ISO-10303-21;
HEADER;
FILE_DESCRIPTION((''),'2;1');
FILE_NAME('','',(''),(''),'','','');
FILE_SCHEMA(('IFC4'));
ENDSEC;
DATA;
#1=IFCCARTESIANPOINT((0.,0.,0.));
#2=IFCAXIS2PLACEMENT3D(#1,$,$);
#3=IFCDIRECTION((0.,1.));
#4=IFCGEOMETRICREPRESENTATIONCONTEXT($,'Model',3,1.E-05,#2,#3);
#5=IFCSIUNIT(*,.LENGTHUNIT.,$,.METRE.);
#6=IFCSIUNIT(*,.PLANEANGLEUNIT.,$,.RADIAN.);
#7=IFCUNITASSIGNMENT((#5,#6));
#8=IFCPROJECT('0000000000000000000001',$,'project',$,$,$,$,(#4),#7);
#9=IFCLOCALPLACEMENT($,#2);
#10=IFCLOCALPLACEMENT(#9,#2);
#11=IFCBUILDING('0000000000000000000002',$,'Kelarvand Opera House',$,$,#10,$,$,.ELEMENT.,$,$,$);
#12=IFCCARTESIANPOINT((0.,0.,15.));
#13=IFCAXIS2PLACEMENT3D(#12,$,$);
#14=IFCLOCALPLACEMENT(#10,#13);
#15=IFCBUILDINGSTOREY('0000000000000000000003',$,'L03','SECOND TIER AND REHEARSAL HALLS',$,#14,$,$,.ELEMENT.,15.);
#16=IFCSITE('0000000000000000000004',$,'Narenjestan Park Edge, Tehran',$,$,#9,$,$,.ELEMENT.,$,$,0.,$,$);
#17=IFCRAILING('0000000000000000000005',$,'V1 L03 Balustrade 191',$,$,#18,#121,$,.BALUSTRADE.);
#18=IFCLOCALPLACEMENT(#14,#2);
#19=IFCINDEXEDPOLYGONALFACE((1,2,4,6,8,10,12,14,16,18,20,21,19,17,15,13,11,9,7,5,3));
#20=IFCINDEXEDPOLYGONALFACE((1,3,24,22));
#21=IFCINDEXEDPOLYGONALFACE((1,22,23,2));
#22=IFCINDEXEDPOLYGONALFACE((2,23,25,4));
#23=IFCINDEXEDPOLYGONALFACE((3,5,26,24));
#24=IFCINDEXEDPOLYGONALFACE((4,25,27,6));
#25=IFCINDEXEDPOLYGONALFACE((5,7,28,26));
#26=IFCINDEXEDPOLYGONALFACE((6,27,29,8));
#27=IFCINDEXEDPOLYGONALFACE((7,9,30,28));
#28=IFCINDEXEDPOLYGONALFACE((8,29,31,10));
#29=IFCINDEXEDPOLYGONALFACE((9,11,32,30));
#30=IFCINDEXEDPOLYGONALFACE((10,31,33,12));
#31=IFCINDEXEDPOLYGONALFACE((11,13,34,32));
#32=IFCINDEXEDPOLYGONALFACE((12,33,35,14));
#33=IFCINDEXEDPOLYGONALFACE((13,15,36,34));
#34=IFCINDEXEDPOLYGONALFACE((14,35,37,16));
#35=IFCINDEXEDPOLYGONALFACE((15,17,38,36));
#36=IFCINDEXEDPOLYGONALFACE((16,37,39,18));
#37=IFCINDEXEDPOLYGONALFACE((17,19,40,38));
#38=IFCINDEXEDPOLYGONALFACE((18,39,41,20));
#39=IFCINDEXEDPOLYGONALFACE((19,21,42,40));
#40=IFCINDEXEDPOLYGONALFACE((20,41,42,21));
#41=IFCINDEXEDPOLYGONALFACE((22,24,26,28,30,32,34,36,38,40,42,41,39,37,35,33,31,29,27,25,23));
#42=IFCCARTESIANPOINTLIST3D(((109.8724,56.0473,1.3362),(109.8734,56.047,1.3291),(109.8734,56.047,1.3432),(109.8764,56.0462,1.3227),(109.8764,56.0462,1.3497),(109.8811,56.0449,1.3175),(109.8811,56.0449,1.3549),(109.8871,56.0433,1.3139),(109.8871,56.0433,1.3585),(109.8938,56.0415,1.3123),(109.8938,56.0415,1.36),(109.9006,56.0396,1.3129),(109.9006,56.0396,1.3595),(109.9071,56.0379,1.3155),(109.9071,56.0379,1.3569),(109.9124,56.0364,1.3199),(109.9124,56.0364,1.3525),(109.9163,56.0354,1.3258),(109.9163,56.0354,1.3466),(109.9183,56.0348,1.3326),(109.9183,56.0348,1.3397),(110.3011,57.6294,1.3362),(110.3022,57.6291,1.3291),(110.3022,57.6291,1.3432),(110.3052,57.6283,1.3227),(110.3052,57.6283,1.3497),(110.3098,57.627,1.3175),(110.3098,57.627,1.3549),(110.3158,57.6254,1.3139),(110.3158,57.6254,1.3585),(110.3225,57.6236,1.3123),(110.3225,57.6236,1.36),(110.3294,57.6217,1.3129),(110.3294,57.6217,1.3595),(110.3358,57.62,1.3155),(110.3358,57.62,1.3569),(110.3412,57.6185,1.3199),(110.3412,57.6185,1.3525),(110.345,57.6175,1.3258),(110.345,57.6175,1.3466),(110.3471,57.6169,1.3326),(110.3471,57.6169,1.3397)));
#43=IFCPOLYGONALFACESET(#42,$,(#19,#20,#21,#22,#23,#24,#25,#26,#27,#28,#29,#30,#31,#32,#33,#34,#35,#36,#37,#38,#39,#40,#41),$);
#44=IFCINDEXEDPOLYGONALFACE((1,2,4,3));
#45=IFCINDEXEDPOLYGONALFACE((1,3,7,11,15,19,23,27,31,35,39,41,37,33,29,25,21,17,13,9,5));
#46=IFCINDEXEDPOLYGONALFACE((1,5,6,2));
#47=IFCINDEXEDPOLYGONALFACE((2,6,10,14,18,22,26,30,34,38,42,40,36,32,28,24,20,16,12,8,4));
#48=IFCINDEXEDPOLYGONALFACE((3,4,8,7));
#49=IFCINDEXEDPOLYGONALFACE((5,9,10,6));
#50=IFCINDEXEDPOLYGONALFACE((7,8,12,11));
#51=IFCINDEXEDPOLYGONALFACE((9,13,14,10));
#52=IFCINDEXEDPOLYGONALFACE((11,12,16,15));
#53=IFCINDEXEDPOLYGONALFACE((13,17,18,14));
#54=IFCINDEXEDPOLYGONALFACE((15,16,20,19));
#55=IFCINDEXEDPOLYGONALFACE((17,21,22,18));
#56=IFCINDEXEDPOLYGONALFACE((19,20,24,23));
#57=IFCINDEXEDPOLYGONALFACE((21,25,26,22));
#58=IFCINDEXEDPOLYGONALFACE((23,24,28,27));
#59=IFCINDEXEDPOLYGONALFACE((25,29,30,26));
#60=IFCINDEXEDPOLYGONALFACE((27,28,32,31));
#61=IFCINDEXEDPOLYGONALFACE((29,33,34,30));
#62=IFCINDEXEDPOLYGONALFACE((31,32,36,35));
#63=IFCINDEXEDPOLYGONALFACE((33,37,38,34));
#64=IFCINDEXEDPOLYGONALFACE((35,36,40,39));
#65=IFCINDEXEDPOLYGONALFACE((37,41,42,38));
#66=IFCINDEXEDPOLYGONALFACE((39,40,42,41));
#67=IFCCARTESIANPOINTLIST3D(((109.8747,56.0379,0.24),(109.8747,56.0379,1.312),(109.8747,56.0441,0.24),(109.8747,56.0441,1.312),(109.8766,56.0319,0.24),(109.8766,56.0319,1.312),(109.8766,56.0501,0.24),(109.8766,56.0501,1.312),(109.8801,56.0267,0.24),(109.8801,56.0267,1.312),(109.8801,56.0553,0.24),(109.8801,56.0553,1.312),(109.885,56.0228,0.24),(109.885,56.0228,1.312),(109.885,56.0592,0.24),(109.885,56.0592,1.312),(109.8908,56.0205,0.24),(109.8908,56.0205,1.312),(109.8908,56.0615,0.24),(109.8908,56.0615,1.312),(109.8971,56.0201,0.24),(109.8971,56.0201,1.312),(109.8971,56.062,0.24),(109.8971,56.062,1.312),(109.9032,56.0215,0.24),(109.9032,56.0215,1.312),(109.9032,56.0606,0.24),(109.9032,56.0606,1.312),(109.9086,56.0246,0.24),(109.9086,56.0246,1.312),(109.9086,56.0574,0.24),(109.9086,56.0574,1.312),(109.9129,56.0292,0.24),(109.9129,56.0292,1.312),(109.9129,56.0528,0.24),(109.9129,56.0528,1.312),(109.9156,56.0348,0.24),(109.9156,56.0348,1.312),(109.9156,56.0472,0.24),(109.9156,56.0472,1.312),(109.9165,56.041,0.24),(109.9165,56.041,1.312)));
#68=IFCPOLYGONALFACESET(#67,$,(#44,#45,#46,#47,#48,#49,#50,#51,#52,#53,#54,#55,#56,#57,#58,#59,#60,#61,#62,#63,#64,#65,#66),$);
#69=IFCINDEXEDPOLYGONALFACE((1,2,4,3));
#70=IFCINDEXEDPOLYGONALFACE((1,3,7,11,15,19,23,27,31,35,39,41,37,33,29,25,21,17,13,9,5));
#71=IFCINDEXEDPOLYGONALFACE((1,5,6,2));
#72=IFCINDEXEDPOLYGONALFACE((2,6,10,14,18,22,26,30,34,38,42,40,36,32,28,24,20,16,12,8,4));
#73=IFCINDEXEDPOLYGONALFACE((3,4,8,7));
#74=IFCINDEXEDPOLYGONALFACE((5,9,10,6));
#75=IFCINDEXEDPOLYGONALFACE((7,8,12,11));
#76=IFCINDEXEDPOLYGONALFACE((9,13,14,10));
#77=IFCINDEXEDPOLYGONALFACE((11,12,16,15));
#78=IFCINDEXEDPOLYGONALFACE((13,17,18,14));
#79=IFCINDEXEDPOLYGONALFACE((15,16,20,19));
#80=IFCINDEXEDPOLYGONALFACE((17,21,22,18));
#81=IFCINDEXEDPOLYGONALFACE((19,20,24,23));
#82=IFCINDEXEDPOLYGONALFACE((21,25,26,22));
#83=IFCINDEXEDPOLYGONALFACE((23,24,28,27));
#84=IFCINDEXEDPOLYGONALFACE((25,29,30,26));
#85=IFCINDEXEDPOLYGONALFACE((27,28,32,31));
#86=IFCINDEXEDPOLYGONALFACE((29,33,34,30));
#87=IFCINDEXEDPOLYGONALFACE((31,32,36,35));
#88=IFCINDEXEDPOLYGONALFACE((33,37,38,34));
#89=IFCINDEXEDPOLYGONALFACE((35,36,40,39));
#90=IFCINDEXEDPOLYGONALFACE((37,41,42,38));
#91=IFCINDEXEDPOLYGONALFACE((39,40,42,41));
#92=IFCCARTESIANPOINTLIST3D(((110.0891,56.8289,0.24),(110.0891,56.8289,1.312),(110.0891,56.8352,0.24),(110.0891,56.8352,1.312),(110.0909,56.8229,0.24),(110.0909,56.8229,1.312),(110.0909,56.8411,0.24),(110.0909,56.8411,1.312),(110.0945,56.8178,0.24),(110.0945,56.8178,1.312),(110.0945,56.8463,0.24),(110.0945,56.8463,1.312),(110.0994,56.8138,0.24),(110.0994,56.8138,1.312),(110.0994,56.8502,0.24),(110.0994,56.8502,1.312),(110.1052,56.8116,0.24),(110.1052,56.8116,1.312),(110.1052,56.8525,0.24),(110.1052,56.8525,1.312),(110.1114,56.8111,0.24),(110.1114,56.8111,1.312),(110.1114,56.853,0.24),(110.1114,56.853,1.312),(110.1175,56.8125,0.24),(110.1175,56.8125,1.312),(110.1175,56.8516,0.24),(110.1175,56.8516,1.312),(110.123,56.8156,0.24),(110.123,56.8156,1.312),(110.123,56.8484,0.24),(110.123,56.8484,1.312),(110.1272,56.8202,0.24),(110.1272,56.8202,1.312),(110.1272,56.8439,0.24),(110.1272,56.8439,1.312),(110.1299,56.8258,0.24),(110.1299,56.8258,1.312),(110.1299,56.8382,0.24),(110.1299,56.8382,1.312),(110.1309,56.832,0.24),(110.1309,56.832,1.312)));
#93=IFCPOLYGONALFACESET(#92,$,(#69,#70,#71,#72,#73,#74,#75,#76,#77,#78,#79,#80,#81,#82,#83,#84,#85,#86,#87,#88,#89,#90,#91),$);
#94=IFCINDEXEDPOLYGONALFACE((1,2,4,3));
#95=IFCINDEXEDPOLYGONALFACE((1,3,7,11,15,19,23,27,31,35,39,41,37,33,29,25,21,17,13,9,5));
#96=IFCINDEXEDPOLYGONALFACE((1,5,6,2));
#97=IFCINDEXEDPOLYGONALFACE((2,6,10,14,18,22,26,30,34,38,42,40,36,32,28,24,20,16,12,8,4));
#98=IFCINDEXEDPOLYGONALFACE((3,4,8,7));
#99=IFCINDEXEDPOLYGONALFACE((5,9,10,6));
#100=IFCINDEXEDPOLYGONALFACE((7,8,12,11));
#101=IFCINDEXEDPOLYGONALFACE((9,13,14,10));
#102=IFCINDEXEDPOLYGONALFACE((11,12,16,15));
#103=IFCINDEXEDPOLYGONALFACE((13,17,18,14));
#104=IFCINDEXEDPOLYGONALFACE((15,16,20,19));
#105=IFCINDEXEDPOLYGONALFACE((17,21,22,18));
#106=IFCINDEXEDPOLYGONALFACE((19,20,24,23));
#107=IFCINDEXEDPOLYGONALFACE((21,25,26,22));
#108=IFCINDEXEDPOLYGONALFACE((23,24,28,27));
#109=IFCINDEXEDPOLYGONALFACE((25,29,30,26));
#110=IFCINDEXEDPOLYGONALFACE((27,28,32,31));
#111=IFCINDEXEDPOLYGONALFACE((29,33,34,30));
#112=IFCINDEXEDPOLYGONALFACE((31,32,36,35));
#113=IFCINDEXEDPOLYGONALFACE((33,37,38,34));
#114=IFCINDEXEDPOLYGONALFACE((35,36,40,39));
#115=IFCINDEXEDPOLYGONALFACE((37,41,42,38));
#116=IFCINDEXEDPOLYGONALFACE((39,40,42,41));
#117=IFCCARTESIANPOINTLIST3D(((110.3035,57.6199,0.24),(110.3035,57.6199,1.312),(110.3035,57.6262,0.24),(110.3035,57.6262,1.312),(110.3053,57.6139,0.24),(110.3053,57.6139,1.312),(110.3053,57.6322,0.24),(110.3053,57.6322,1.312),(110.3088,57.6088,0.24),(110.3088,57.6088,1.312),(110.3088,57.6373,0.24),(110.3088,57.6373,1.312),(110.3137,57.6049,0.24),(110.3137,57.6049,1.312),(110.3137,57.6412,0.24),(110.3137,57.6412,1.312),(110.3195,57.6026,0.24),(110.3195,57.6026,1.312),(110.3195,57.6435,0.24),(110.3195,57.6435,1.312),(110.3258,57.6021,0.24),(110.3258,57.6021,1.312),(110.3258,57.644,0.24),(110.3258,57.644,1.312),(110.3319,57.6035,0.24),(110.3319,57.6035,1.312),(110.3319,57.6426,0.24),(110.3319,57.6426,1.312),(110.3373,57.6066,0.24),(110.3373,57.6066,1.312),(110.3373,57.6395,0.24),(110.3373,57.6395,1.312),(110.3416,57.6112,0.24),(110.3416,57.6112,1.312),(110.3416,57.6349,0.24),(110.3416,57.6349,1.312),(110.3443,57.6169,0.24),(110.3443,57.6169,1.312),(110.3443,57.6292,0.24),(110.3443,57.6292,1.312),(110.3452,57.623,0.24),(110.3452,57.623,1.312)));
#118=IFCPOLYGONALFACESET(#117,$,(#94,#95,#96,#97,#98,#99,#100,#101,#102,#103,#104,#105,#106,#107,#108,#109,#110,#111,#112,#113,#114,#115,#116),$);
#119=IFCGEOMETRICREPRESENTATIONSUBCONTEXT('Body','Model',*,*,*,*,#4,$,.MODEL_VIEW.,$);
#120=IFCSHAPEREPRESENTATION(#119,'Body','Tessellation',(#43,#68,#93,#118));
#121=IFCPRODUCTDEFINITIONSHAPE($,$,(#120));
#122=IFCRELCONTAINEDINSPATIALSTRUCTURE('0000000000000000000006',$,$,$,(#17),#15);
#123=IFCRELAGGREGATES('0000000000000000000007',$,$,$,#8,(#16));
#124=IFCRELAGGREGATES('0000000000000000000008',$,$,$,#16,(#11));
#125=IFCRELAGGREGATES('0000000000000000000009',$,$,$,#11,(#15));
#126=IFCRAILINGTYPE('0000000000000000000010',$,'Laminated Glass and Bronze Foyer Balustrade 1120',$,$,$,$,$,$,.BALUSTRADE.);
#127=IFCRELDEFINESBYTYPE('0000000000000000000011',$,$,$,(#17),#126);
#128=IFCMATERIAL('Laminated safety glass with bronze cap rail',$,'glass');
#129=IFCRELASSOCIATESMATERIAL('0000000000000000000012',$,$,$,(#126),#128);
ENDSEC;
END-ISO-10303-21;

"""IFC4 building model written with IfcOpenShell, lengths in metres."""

from ifc_helpers import new_model, si_unit, direction, frame, origin, origin_2d, place, context, subcontext, project, spatial, circle, extrude, material, type_object, element, save


model = new_model("IFC4")

# Units and contexts
model_context = context("Model", 3, precision=1e-05, world=origin(), true_north=direction((0.0, 1.0)))
body_context = subcontext(model_context, "Body", "Model", "MODEL_VIEW")
ifc_project = project(units=[si_unit("LENGTHUNIT", "METRE"), si_unit("PLANEANGLEUNIT", "RADIAN")], contexts=[model_context])

# Site, building, storey
site_placement = place(None, origin())
site = spatial("IfcSite", under=ifc_project, at=site_placement, Name="Narenjestan Park Edge, Tehran", CompositionType="ELEMENT", RefElevation=0.0)
building_placement = place(site_placement, origin())
building = spatial("IfcBuilding", under=site, at=building_placement, Name="Kelarvand Opera House", CompositionType="ELEMENT")
storey_placement = place(building_placement, frame((0.0, 0.0, 15.0)))
storey = spatial("IfcBuildingStorey", under=building, at=storey_placement, Name="L03", Description="SECOND TIER AND REHEARSAL HALLS", CompositionType="ELEMENT", Elevation=15.0)

# Railing
ifc_material_1 = material(Name="Laminated safety glass with bronze cap rail", Category="glass")
railing_type = type_object("IfcRailingType", Name="Laminated Glass and Bronze Foyer Balustrade 1120", PredefinedType="BALUSTRADE", material=ifc_material_1)
railing_1_placement = place(storey_placement, frame((109.8955, 56.041, 0.24)))
element("IfcRailing", 1, at=railing_1_placement, inside=storey, type_object=railing_type, Name="V1 L03 Balustrade 191", PredefinedType="BALUSTRADE", context=body_context, shape_type="SweptSolid", body=[
    extrude(circle(Radius=0.0239, at=origin_2d()), frame((0.0, 0.0, 1.0962), z_axis=(0.261554, 0.965189, 0.0), x_axis=(-0.965189, 0.261554, 0.0)), (0.0, 0.0, 1.0), 1.6392),
    extrude(circle(Radius=0.021, at=origin_2d()), origin(), (0.0, 0.0, 1.0), 1.072),
    extrude(circle(Radius=0.021, at=origin_2d()), frame((0.2144, 0.791, 0.0)), (0.0, 0.0, 1.0), 1.072),
    extrude(circle(Radius=0.021, at=origin_2d()), frame((0.4287, 1.582, 0.0)), (0.0, 0.0, 1.0), 1.072),
])

save(model, "model.ifc")
